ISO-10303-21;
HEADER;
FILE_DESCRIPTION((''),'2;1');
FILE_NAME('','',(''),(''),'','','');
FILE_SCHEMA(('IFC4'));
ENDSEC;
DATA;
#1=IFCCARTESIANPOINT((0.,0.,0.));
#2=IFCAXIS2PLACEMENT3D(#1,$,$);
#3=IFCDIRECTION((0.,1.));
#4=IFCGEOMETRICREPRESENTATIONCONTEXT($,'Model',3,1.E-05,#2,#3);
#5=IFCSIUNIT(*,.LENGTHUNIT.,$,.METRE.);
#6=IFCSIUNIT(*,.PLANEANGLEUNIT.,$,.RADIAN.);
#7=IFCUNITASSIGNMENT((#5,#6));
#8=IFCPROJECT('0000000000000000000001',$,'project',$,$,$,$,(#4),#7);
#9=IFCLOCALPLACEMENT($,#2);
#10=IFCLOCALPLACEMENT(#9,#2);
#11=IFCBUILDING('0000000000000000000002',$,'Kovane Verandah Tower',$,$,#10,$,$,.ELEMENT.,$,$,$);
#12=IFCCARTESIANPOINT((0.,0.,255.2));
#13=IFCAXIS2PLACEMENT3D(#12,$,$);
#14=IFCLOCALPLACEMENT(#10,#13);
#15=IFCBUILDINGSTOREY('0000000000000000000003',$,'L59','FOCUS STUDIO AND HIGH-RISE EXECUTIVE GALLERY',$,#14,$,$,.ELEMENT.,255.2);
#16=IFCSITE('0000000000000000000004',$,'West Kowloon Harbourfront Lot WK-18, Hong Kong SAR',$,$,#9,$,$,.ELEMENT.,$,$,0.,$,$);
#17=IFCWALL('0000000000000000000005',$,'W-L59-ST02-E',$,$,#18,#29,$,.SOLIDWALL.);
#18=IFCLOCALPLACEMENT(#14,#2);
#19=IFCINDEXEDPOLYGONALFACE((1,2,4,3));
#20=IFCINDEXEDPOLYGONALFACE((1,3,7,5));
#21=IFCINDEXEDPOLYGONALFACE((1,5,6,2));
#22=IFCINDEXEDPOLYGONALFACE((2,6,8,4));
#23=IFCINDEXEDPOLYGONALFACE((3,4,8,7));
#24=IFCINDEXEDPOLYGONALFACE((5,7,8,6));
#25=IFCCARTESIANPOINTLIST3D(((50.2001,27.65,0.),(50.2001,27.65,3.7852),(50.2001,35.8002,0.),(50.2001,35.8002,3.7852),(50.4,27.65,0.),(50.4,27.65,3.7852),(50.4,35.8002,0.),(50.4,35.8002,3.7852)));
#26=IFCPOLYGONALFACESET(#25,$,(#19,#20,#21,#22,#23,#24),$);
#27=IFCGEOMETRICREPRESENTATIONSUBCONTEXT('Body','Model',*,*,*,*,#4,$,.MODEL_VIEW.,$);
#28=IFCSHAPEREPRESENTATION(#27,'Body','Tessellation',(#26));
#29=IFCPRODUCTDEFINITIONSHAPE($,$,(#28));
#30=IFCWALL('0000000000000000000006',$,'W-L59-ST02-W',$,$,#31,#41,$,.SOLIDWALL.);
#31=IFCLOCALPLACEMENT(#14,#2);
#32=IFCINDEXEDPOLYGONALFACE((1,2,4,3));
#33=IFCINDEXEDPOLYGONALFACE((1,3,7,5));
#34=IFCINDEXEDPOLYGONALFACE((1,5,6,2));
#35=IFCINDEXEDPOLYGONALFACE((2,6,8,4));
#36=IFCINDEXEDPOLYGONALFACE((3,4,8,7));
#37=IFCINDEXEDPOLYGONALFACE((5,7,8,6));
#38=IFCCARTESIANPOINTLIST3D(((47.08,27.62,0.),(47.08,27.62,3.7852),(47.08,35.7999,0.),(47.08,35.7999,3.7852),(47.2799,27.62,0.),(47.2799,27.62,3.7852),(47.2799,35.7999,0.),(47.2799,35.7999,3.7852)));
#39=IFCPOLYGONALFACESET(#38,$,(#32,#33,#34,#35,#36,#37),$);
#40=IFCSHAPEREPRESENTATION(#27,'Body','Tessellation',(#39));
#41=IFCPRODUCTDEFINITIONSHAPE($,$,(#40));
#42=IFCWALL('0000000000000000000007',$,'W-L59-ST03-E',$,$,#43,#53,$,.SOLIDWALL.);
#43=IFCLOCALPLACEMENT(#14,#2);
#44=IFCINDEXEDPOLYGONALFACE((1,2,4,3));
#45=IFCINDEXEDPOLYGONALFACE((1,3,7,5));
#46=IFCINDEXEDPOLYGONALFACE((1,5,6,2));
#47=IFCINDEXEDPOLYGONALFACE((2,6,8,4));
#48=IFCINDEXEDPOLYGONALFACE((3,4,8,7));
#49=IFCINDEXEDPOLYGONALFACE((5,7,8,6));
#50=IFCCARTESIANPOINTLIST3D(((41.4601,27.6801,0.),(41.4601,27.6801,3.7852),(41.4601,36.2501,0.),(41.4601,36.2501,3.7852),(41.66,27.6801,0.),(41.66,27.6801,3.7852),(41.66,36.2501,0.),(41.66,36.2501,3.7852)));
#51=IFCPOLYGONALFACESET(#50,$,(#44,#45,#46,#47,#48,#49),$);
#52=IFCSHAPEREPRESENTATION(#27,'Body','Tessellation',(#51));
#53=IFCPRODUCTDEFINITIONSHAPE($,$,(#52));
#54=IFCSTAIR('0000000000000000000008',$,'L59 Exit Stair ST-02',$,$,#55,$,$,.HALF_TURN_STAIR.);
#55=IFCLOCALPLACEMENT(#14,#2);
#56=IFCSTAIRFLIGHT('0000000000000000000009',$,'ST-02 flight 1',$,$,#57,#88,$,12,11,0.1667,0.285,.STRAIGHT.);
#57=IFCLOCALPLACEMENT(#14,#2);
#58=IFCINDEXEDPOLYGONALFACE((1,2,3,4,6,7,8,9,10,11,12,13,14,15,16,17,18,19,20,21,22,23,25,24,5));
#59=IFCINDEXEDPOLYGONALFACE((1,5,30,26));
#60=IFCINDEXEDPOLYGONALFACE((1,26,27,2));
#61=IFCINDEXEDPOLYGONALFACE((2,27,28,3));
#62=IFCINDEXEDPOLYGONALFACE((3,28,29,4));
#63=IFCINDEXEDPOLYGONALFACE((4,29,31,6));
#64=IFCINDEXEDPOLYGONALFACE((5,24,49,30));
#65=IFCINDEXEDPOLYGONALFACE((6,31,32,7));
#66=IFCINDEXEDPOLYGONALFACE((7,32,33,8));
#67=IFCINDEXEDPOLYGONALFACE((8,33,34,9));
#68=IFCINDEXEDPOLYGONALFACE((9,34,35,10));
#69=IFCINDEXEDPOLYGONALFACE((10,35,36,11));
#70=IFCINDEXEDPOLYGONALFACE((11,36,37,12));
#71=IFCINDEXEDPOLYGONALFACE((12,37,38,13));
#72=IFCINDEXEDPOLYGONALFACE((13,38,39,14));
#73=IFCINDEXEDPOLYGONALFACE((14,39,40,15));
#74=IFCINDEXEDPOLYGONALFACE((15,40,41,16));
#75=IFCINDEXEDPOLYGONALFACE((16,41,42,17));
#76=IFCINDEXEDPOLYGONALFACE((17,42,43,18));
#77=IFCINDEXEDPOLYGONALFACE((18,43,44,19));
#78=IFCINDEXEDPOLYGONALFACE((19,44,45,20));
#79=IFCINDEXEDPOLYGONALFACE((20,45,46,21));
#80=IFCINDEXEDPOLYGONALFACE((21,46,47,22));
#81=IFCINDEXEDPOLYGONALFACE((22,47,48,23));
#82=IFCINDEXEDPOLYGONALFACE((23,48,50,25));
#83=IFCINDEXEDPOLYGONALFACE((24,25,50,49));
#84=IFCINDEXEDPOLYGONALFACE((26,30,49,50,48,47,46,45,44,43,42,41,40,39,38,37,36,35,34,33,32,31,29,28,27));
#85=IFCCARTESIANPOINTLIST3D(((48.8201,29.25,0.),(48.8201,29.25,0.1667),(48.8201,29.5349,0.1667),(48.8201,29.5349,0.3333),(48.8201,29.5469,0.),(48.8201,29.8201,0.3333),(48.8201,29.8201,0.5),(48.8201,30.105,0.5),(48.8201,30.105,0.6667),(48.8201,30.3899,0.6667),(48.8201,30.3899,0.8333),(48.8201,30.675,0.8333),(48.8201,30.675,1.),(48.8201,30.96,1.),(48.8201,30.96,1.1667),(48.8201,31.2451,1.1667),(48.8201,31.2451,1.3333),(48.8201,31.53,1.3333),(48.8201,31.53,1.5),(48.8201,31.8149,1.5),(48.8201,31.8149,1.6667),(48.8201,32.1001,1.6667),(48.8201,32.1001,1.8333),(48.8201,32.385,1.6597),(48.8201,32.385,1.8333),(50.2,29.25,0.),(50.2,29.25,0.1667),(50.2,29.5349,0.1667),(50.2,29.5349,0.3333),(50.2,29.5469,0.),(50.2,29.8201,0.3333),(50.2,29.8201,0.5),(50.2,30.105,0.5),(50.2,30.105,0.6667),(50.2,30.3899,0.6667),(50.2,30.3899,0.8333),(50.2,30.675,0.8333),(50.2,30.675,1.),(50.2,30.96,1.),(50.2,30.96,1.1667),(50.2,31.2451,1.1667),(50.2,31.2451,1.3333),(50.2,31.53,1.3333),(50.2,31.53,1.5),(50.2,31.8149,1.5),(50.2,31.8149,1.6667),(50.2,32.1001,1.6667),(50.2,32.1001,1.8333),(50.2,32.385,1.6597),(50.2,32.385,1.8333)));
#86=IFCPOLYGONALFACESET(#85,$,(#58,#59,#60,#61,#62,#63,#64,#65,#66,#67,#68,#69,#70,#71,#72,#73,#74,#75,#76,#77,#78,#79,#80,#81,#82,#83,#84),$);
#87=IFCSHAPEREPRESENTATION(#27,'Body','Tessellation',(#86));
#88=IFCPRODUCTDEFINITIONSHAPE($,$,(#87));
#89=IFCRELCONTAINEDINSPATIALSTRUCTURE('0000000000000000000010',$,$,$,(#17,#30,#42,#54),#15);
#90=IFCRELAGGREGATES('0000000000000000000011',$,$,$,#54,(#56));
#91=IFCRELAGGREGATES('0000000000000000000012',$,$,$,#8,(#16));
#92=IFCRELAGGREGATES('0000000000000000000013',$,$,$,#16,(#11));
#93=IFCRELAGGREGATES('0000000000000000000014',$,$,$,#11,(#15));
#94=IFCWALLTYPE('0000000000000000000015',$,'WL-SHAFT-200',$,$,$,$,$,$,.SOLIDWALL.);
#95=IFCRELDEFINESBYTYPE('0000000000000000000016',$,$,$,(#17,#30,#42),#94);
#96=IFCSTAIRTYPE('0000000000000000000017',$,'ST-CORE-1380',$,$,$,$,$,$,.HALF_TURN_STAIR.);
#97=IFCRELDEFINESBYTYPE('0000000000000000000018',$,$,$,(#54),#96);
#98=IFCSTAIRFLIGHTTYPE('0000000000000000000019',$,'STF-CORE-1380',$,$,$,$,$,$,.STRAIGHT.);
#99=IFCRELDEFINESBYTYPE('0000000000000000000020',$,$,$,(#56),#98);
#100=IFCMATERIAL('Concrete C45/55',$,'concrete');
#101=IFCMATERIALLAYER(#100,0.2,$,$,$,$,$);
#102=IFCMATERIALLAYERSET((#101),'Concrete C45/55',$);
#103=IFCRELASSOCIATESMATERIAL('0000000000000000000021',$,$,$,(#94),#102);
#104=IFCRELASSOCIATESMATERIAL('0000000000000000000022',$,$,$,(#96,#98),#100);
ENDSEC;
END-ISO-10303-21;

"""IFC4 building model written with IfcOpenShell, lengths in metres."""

from ifc_helpers import new_model, si_unit, direction, frame, frame_2d, origin, place, context, subcontext, project, spatial, polyline, rectangle, outline, extrude, material, layer, layer_set, type_object, element, aggregate, save


model = new_model("IFC4")

# Units and contexts
model_context = context("Model", 3, precision=1e-05, world=origin(), true_north=direction((0.0, 1.0)))
body_context = subcontext(model_context, "Body", "Model", "MODEL_VIEW")
ifc_project = project(units=[si_unit("LENGTHUNIT", "METRE"), si_unit("PLANEANGLEUNIT", "RADIAN")], contexts=[model_context])

# Site, building, storey
site_placement = place(None, origin())
site = spatial("IfcSite", under=ifc_project, at=site_placement, Name="West Kowloon Harbourfront Lot WK-18, Hong Kong SAR", CompositionType="ELEMENT", RefElevation=0.0)
building_placement = place(site_placement, origin())
building = spatial("IfcBuilding", under=site, at=building_placement, Name="Kovane Verandah Tower", CompositionType="ELEMENT")
storey_placement = place(building_placement, frame((0.0, 0.0, 255.2)))
storey = spatial("IfcBuildingStorey", under=building, at=storey_placement, Name="L59", Description="FOCUS STUDIO AND HIGH-RISE EXECUTIVE GALLERY", CompositionType="ELEMENT", Elevation=255.2)

# Walls
ifc_material_1 = material(Name="Concrete C45/55", Category="concrete")
ifc_layer_1 = layer(ifc_material_1, 0.2)
ifc_layer_set_1 = layer_set([ifc_layer_1], Name="Concrete C45/55")
wall_type_1 = type_object("IfcWallType", Name="WL-SHAFT-200", PredefinedType="SOLIDWALL", material=ifc_layer_set_1)
wall_1_placement = place(storey_placement, frame((50.3, 27.6499, 0.0), z_axis=(0.0, 0.0, 1.0), x_axis=(0.0, 1.0, 0.0)))
element("IfcWall", 1, at=wall_1_placement, inside=storey, type_object=wall_type_1, Name="W-L59-ST02-E", PredefinedType="SOLIDWALL", context=body_context, shape_type="SweptSolid", body=[
    extrude(rectangle(XDim=8.1501, YDim=0.2, at=frame_2d((4.0752, 0.0))), origin(), (0.0, 0.0, 1.0), 3.7852),
])
wall_2_placement = place(storey_placement, frame((47.1799, 27.6201, 0.0), z_axis=(0.0, 0.0, 1.0), x_axis=(0.0, 1.0, 0.0)))
element("IfcWall", 2, at=wall_2_placement, inside=storey, type_object=wall_type_1, Name="W-L59-ST02-W", PredefinedType="SOLIDWALL", context=body_context, shape_type="SweptSolid", body=[
    extrude(rectangle(XDim=8.1799, YDim=0.2, at=frame_2d((4.0898, 0.0))), origin(), (0.0, 0.0, 1.0), 3.7852),
])

# Wall
wall_3_placement = place(storey_placement, frame((41.5601, 27.6799, 0.0), z_axis=(0.0, 0.0, 1.0), x_axis=(0.0, 1.0, 0.0)))
element("IfcWall", 3, at=wall_3_placement, inside=storey, type_object=wall_type_1, Name="W-L59-ST03-E", PredefinedType="SOLIDWALL", context=body_context, shape_type="SweptSolid", body=[
    extrude(rectangle(XDim=8.5701, YDim=0.2, at=frame_2d((4.2852, 0.0))), origin(), (0.0, 0.0, 1.0), 3.7852),
])

# Stair, stair flight
stair_type = type_object("IfcStairType", Name="ST-CORE-1380", PredefinedType="HALF_TURN_STAIR", material=ifc_material_1)
stair_placement = place(storey_placement, origin())
stair = element("IfcStair", 4, at=stair_placement, inside=storey, type_object=stair_type, Name="L59 Exit Stair ST-02", PredefinedType="HALF_TURN_STAIR")
stair_flight_type = type_object("IfcStairFlightType", Name="STF-CORE-1380", PredefinedType="STRAIGHT", material=ifc_material_1)
stair_flight_placement = place(storey_placement, frame((49.51, 29.25, 0.0), z_axis=(0.0, 0.0, 1.0), x_axis=(0.0, 1.0, 0.0)))
stair_flight = element("IfcStairFlight", 5, at=stair_flight_placement, type_object=stair_flight_type, Name="ST-02 flight 1", NumberOfRisers=12, NumberOfTreads=11, PredefinedType="STRAIGHT", RiserHeight=0.1667, TreadLength=0.285, context=body_context, shape_type="SweptSolid", body=[
    extrude(outline(polyline([(0.0, 0.0), (0.0, 0.1667), (0.2849, 0.1667), (0.2849, 0.3333), (0.5701, 0.3333), (0.5701, 0.5), (0.855, 0.5), (0.855, 0.6667), (1.1399, 0.6667), (1.1399, 0.8333), (1.425, 0.8333), (1.425, 1.0), (1.71, 1.0), (1.71, 1.1667), (1.9951, 1.1667), (1.9951, 1.3333), (2.28, 1.3333), (2.28, 1.5), (2.5649, 1.5), (2.5649, 1.6667), (2.8501, 1.6667), (2.8501, 1.8333), (3.135, 1.8333), (3.135, 2.0), (3.135, 1.6597), (0.2969, 0.0), (0.0, 0.0)])), frame((0.0, 0.6899, 0.0), z_axis=(0.0, -1.0, 0.0), x_axis=(1.0, 0.0, 0.0)), (0.0, 0.0, 1.0), 1.3799),
])
aggregate(stair, [stair_flight])

save(model, "model.ifc")
